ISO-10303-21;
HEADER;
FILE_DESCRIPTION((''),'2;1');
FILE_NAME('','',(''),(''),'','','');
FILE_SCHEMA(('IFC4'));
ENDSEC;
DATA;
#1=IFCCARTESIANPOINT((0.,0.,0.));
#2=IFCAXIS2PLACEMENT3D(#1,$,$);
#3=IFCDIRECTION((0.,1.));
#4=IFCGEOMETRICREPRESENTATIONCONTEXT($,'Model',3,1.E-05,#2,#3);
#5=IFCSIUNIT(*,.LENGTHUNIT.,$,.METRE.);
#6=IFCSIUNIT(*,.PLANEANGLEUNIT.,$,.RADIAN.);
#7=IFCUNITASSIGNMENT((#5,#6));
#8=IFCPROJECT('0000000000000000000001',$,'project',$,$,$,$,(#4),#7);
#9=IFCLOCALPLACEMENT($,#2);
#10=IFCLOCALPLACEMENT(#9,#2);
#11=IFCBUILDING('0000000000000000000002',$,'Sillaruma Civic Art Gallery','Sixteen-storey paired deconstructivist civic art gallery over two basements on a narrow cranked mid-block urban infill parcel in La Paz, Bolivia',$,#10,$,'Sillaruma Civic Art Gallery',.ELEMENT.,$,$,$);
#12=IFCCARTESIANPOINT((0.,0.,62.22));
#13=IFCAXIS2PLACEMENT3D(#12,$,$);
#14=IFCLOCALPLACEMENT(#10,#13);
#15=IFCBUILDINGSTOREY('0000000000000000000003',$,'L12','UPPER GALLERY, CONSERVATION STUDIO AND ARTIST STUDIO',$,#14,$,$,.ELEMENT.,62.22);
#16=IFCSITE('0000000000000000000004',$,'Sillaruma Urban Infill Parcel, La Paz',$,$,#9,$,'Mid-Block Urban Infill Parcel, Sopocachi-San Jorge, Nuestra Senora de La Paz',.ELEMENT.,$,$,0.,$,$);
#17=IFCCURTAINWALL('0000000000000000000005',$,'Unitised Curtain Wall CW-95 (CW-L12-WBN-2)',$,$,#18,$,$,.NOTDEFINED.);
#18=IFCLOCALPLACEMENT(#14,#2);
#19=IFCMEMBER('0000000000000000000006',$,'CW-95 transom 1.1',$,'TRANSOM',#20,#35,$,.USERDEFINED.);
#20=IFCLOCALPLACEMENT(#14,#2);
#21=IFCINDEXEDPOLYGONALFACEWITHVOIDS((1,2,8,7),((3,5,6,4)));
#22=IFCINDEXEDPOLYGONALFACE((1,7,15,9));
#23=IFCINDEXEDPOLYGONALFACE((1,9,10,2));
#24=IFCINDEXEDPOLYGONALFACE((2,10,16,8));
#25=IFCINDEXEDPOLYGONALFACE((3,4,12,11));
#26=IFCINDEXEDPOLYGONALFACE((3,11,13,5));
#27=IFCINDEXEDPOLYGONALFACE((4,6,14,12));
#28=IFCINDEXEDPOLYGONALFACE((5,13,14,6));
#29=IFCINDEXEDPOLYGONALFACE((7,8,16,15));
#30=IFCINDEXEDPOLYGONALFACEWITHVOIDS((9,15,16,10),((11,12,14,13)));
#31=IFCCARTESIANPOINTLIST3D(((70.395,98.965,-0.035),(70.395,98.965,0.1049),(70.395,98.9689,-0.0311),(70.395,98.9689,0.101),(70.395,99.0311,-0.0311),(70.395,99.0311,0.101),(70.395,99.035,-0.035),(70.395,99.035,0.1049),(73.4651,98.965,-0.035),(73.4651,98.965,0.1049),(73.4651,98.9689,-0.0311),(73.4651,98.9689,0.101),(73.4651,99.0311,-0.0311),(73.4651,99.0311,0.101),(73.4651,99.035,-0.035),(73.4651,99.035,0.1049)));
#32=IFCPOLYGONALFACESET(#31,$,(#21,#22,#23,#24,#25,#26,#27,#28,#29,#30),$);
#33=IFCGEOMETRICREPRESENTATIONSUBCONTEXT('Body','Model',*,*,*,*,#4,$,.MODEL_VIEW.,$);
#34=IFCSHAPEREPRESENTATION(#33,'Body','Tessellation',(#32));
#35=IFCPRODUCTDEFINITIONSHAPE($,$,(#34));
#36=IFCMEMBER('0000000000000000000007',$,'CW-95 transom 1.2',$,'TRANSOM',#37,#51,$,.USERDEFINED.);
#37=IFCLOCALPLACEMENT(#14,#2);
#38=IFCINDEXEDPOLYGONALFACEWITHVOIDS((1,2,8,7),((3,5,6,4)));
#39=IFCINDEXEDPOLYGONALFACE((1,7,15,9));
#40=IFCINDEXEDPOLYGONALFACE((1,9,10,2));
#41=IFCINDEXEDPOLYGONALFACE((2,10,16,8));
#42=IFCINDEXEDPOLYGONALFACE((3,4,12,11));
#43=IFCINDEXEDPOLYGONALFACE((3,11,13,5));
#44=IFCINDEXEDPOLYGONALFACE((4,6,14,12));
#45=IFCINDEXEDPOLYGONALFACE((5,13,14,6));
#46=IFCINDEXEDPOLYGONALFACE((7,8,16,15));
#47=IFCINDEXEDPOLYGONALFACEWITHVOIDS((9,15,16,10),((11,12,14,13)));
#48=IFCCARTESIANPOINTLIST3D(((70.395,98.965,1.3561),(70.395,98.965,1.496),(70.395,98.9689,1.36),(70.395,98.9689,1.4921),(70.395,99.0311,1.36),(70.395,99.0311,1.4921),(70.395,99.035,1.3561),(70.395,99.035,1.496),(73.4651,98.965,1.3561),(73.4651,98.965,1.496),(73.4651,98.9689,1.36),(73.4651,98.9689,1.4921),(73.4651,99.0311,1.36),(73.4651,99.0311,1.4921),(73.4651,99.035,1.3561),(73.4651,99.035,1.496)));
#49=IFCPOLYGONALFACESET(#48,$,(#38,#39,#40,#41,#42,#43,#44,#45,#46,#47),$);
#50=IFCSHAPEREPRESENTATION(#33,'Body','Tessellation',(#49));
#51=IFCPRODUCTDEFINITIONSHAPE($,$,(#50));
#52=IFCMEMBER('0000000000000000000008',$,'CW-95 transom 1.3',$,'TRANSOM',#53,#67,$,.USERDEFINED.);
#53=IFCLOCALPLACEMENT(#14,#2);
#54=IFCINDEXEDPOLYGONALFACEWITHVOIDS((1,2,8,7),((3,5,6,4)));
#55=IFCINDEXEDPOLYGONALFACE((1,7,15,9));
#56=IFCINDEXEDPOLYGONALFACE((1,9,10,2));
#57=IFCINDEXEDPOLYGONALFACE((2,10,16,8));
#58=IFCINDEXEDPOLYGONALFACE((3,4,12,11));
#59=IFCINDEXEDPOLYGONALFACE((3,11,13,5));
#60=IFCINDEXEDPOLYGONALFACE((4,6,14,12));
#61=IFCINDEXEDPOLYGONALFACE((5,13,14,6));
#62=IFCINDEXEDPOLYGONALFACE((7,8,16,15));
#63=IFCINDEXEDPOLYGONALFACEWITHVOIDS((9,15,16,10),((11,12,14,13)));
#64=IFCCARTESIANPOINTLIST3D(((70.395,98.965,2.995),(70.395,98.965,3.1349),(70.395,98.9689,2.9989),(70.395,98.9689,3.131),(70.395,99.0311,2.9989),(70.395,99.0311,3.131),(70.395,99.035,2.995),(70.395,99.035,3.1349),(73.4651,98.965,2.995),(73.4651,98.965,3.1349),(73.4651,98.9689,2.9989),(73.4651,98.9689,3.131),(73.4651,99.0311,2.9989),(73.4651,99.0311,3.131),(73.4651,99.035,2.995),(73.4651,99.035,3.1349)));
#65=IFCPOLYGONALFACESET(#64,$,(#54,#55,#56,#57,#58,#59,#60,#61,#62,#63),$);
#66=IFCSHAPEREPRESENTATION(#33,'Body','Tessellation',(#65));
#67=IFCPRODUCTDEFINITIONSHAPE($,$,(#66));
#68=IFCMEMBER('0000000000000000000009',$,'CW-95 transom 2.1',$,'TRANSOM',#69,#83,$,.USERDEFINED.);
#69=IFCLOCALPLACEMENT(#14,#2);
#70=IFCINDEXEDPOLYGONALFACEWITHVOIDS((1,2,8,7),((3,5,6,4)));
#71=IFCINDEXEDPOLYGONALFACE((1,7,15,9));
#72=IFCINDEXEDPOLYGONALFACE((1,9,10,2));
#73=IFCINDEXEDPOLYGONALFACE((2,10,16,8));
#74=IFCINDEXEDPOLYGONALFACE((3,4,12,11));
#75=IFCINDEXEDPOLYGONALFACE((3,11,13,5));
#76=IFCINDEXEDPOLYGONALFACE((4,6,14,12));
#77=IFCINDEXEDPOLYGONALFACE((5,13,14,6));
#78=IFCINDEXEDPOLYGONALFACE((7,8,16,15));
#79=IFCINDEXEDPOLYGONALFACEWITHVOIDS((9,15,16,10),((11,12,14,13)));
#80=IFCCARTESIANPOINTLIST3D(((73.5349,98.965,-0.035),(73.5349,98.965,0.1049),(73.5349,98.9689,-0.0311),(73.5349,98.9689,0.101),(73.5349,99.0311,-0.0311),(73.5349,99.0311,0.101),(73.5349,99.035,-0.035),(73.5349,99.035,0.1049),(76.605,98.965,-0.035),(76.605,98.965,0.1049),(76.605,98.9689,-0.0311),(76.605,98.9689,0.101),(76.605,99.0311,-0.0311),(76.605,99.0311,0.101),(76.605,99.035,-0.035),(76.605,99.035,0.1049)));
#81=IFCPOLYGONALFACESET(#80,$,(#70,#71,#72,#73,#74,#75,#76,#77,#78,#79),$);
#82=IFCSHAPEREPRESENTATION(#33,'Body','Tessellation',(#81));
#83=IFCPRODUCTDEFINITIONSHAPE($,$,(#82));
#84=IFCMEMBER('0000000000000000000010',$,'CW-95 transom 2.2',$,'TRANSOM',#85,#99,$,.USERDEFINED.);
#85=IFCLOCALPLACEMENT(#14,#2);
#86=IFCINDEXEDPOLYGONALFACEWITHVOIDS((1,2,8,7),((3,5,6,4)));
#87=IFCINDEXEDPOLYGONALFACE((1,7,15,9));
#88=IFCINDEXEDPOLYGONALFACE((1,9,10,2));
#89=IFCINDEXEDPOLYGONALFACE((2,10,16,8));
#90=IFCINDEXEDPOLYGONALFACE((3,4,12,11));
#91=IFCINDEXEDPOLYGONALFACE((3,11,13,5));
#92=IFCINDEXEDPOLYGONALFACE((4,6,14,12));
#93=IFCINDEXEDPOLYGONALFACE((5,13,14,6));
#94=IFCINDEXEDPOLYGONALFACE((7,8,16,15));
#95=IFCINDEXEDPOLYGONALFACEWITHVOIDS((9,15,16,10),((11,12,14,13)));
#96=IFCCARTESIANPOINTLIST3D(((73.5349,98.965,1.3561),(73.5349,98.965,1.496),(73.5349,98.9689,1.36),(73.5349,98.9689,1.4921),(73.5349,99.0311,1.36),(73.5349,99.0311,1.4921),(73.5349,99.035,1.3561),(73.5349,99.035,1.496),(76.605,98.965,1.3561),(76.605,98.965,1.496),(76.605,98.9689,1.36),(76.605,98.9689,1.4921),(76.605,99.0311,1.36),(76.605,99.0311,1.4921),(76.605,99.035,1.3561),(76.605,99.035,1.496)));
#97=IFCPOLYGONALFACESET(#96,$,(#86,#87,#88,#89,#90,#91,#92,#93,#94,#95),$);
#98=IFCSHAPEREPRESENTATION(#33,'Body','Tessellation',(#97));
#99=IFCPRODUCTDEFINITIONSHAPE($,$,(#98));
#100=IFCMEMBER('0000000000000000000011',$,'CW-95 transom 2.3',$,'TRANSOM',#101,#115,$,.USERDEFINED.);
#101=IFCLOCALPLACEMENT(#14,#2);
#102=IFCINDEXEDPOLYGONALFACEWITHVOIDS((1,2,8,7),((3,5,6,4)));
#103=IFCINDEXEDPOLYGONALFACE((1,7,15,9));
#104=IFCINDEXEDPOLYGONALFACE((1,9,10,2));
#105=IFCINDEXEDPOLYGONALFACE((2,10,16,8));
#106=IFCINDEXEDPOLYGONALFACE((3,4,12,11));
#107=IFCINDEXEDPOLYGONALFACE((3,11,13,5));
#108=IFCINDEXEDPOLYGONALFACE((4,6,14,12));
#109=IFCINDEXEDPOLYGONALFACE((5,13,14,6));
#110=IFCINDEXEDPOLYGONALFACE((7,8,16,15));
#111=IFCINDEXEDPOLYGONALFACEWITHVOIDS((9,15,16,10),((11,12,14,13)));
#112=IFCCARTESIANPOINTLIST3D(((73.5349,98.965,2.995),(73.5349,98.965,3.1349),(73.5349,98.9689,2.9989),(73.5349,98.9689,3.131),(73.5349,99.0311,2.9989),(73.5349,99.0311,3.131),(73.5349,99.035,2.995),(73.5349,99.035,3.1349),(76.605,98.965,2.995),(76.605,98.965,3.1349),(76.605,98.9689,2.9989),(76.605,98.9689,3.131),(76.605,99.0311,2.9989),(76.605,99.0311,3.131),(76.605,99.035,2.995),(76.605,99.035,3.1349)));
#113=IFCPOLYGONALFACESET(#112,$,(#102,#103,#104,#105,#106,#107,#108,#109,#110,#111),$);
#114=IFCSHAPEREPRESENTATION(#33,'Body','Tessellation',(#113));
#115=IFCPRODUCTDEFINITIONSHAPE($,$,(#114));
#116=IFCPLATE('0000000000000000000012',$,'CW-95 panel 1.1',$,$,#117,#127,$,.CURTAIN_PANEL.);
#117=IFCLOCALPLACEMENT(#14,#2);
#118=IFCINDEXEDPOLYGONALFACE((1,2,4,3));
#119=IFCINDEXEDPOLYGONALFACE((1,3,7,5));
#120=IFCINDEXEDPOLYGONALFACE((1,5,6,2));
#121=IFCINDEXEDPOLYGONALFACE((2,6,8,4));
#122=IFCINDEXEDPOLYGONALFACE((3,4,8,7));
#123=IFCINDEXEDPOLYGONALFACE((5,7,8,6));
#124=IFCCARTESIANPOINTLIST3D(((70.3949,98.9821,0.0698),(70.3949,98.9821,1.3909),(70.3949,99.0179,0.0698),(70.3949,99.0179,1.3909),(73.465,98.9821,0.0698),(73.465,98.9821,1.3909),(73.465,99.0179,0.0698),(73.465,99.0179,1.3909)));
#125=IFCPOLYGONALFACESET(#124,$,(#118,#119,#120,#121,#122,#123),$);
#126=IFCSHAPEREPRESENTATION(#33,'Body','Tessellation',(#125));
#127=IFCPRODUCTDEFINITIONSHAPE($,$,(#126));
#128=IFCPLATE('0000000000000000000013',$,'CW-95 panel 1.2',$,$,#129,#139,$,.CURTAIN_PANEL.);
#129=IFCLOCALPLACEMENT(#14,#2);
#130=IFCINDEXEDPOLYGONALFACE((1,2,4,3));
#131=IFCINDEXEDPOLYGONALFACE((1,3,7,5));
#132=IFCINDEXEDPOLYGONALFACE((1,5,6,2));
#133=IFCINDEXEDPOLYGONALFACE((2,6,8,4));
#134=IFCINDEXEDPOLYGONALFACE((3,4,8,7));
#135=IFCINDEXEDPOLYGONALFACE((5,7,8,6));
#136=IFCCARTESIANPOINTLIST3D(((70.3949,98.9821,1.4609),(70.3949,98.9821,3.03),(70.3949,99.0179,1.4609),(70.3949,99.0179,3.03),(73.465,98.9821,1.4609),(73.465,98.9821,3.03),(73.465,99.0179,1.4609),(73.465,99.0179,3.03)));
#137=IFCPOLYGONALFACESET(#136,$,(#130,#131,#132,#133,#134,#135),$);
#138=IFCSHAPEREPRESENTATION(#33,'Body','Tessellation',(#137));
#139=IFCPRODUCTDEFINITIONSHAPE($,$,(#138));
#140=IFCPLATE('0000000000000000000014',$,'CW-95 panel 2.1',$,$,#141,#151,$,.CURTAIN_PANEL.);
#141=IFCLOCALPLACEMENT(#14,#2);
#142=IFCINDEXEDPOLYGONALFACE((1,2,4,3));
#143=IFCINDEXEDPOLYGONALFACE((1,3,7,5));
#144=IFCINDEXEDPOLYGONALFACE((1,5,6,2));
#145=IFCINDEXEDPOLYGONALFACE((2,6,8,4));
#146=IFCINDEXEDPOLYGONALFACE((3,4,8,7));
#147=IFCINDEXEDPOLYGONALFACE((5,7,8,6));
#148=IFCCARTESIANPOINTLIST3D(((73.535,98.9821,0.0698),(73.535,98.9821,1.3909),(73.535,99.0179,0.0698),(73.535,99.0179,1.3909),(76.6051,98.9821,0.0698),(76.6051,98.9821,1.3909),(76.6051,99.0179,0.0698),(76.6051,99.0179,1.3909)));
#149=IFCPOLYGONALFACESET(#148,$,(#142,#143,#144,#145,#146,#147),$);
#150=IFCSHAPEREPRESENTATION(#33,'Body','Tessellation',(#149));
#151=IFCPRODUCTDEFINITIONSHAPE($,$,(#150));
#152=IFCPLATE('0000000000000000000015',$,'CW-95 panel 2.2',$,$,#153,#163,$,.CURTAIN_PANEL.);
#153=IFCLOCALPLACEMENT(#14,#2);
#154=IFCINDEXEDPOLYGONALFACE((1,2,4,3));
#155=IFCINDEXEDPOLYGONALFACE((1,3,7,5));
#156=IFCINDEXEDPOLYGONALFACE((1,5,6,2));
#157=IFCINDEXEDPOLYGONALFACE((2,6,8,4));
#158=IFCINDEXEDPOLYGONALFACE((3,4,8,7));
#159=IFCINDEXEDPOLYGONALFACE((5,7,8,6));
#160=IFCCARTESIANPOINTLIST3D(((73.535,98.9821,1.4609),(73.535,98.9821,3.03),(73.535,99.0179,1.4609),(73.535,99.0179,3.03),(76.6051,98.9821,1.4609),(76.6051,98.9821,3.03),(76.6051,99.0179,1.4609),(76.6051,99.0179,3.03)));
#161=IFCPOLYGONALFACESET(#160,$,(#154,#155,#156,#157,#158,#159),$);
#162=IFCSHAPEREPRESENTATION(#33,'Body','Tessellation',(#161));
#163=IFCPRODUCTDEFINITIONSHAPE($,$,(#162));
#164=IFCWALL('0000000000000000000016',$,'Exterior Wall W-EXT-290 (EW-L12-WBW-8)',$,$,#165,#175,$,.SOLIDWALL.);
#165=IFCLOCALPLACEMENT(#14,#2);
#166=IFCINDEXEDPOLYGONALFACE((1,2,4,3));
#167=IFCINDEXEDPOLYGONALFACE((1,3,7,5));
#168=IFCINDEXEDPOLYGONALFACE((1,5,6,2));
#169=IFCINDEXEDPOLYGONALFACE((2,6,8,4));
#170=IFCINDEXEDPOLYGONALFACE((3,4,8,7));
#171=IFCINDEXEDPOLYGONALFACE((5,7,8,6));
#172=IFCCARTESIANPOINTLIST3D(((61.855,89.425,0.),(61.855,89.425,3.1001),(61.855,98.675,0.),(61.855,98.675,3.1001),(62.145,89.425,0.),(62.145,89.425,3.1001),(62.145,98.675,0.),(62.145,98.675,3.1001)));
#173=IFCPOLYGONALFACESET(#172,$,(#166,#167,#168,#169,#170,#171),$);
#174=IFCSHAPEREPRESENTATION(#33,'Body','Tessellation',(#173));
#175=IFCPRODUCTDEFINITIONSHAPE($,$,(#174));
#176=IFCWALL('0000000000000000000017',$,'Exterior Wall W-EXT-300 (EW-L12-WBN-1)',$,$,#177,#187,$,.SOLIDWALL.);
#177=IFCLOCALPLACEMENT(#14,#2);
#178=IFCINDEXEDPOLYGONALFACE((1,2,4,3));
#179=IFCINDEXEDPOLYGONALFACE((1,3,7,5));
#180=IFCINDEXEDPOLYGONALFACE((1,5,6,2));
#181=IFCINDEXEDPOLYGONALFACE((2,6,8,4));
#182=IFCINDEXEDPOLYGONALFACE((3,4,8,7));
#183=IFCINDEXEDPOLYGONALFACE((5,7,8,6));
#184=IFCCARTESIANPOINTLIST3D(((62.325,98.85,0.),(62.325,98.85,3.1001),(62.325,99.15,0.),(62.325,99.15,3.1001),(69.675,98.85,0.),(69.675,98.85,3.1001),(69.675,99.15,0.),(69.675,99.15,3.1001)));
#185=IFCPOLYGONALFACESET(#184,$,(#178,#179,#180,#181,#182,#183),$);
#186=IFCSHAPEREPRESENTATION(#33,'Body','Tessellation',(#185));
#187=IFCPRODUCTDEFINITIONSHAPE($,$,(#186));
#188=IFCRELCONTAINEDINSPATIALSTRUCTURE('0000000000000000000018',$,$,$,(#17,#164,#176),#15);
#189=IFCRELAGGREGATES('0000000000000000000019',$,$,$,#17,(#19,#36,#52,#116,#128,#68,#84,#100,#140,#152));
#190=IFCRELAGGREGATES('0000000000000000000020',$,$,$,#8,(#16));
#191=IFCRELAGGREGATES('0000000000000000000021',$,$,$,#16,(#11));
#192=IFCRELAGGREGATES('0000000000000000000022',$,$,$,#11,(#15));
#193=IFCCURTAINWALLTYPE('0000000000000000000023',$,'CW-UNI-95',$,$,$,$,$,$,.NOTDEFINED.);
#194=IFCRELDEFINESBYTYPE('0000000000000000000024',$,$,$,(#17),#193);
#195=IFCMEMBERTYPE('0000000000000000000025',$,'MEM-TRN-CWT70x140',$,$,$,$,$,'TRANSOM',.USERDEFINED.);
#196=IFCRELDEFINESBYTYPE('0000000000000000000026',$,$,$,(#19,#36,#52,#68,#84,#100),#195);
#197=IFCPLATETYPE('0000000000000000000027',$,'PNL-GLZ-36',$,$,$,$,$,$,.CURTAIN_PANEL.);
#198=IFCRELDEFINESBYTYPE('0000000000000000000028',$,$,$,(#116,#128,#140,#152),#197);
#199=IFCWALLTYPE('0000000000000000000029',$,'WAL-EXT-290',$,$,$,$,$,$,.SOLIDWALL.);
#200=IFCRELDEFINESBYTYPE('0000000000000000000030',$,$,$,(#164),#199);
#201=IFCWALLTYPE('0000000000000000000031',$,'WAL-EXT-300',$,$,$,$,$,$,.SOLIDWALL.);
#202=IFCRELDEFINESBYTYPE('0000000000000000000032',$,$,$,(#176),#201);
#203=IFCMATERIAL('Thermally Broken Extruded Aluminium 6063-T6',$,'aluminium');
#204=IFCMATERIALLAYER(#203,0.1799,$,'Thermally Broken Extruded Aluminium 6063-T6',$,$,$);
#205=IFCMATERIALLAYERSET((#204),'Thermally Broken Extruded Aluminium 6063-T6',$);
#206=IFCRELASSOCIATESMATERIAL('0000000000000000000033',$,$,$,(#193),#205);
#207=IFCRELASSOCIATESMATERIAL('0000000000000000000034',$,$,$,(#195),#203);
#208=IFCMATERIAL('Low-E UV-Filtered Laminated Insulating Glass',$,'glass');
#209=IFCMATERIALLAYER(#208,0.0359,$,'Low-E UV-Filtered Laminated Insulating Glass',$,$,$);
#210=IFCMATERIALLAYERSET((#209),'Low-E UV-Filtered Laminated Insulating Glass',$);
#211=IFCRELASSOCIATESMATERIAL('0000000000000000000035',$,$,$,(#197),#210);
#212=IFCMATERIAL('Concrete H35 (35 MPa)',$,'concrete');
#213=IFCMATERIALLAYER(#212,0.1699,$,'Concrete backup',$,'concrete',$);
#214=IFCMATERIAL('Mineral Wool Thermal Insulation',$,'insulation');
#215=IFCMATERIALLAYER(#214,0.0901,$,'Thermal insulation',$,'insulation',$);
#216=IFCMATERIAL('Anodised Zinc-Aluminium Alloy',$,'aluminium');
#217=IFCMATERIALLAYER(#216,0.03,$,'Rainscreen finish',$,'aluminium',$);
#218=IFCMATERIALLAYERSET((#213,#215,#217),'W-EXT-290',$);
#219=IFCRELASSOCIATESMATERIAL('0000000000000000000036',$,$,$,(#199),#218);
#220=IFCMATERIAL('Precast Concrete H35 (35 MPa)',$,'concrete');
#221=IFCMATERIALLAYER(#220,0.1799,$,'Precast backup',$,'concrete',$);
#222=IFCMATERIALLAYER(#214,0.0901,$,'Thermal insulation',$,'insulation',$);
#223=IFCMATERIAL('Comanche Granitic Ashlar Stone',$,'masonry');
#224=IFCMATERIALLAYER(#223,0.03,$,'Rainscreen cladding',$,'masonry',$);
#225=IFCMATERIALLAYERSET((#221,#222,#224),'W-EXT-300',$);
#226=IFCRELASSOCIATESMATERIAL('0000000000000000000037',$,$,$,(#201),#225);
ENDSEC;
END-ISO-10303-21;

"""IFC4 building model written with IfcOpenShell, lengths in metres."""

from ifc_helpers import new_model, si_unit, direction, frame, frame_2d, origin, origin_2d, place, context, subcontext, project, spatial, rectangle, hollow_rectangle, extrude, material, layer, layer_set, material_profile, profile_set, type_object, element, aggregate, save


model = new_model("IFC4")

# Units and contexts
model_context = context("Model", 3, precision=1e-05, world=origin(), true_north=direction((0.0, 1.0)))
body_context = subcontext(model_context, "Body", "Model", "MODEL_VIEW")
ifc_project = project(units=[si_unit("LENGTHUNIT", "METRE"), si_unit("PLANEANGLEUNIT", "RADIAN")], contexts=[model_context])

# Site, building, storey
site_placement = place(None, origin())
site = spatial("IfcSite", under=ifc_project, at=site_placement, Name="Sillaruma Urban Infill Parcel, La Paz", LongName="Mid-Block Urban Infill Parcel, Sopocachi-San Jorge, Nuestra Senora de La Paz", CompositionType="ELEMENT", RefElevation=0.0)
building_placement = place(site_placement, origin())
building = spatial("IfcBuilding", under=site, at=building_placement, Name="Sillaruma Civic Art Gallery", Description="Sixteen-storey paired deconstructivist civic art gallery over two basements on a narrow cranked mid-block urban infill parcel in La Paz, Bolivia", LongName="Sillaruma Civic Art Gallery", CompositionType="ELEMENT")
storey_placement = place(building_placement, frame((0.0, 0.0, 62.22)))
storey = spatial("IfcBuildingStorey", under=building, at=storey_placement, Name="L12", Description="UPPER GALLERY, CONSERVATION STUDIO AND ARTIST STUDIO", CompositionType="ELEMENT", Elevation=62.22)

# Shared definitions
ifc_material_1 = material(Name="Concrete H35 (35 MPa)", Category="concrete")

# Curtain wall, members, plates
ifc_material_2 = material(Name="Thermally Broken Extruded Aluminium 6063-T6", Category="aluminium")
ifc_layer_1 = layer(ifc_material_2, 0.1799, Name="Thermally Broken Extruded Aluminium 6063-T6")
ifc_layer_set_1 = layer_set([ifc_layer_1], Name="Thermally Broken Extruded Aluminium 6063-T6")
curtain_wall_type = type_object("IfcCurtainWallType", Name="CW-UNI-95", PredefinedType="NOTDEFINED", material=ifc_layer_set_1)
curtain_wall_placement = place(storey_placement, origin())
curtain_wall = element("IfcCurtainWall", 1, at=curtain_wall_placement, inside=storey, type_object=curtain_wall_type, Name="Unitised Curtain Wall CW-95 (CW-L12-WBN-2)", PredefinedType="NOTDEFINED")
ifc_material_profile_1 = material_profile(ifc_material_2, hollow_rectangle(XDim=0.0701, YDim=0.1399, WallThickness=0.0039, at=origin_2d()), Name="CWT70x140")
ifc_profile_set_1 = profile_set([ifc_material_profile_1], Name="Thermally Broken Extruded Aluminium 6063-T6")
member_type_1 = type_object("IfcMemberType", Name="MEM-TRN-CWT70x140", ElementType="TRANSOM", PredefinedType="USERDEFINED", material=ifc_profile_set_1)
member_1_placement = place(storey_placement, frame((70.395, 99.0, 0.0349), z_axis=(1.0, 0.0, 0.0), x_axis=(0.0, 1.0, 0.0)))
member_1 = element("IfcMember", 2, at=member_1_placement, type_object=member_type_1, Name="CW-95 transom 1.1", ObjectType="TRANSOM", PredefinedType="USERDEFINED", context=body_context, shape_type="SweptSolid", body=[
    extrude(hollow_rectangle(XDim=0.0701, YDim=0.1399, WallThickness=0.0039, at=origin_2d()), origin(), (0.0, 0.0, 1.0), 3.0701),
])
member_2_placement = place(storey_placement, frame((70.395, 99.0, 1.426), z_axis=(1.0, 0.0, 0.0), x_axis=(0.0, 1.0, 0.0)))
member_2 = element("IfcMember", 3, at=member_2_placement, type_object=member_type_1, Name="CW-95 transom 1.2", ObjectType="TRANSOM", PredefinedType="USERDEFINED", context=body_context, shape_type="SweptSolid", body=[
    extrude(hollow_rectangle(XDim=0.0701, YDim=0.1399, WallThickness=0.0039, at=origin_2d()), origin(), (0.0, 0.0, 1.0), 3.0701),
])
member_3_placement = place(storey_placement, frame((70.395, 99.0, 3.0649), z_axis=(1.0, 0.0, 0.0), x_axis=(0.0, 1.0, 0.0)))
member_3 = element("IfcMember", 4, at=member_3_placement, type_object=member_type_1, Name="CW-95 transom 1.3", ObjectType="TRANSOM", PredefinedType="USERDEFINED", context=body_context, shape_type="SweptSolid", body=[
    extrude(hollow_rectangle(XDim=0.0701, YDim=0.1399, WallThickness=0.0039, at=origin_2d()), origin(), (0.0, 0.0, 1.0), 3.0701),
])
member_4_placement = place(storey_placement, frame((73.5349, 99.0, 0.0349), z_axis=(1.0, 0.0, 0.0), x_axis=(0.0, 1.0, 0.0)))
member_4 = element("IfcMember", 5, at=member_4_placement, type_object=member_type_1, Name="CW-95 transom 2.1", ObjectType="TRANSOM", PredefinedType="USERDEFINED", context=body_context, shape_type="SweptSolid", body=[
    extrude(hollow_rectangle(XDim=0.0701, YDim=0.1399, WallThickness=0.0039, at=origin_2d()), origin(), (0.0, 0.0, 1.0), 3.0701),
])
member_5_placement = place(storey_placement, frame((73.5349, 99.0, 1.426), z_axis=(1.0, 0.0, 0.0), x_axis=(0.0, 1.0, 0.0)))
member_5 = element("IfcMember", 6, at=member_5_placement, type_object=member_type_1, Name="CW-95 transom 2.2", ObjectType="TRANSOM", PredefinedType="USERDEFINED", context=body_context, shape_type="SweptSolid", body=[
    extrude(hollow_rectangle(XDim=0.0701, YDim=0.1399, WallThickness=0.0039, at=origin_2d()), origin(), (0.0, 0.0, 1.0), 3.0701),
])
member_6_placement = place(storey_placement, frame((73.5349, 99.0, 3.0649), z_axis=(1.0, 0.0, 0.0), x_axis=(0.0, 1.0, 0.0)))
member_6 = element("IfcMember", 7, at=member_6_placement, type_object=member_type_1, Name="CW-95 transom 2.3", ObjectType="TRANSOM", PredefinedType="USERDEFINED", context=body_context, shape_type="SweptSolid", body=[
    extrude(hollow_rectangle(XDim=0.0701, YDim=0.1399, WallThickness=0.0039, at=origin_2d()), origin(), (0.0, 0.0, 1.0), 3.0701),
])
ifc_material_3 = material(Name="Low-E UV-Filtered Laminated Insulating Glass", Category="glass")
ifc_layer_2 = layer(ifc_material_3, 0.0359, Name="Low-E UV-Filtered Laminated Insulating Glass")
ifc_layer_set_2 = layer_set([ifc_layer_2], Name="Low-E UV-Filtered Laminated Insulating Glass")
plate_type = type_object("IfcPlateType", Name="PNL-GLZ-36", PredefinedType="CURTAIN_PANEL", material=ifc_layer_set_2)
plate_1_placement = place(storey_placement, frame((71.9299, 99.0, 0.0698), z_axis=(0.0, 0.0, 1.0), x_axis=(1.0, 0.0, 0.0)))
plate_1 = element("IfcPlate", 8, at=plate_1_placement, type_object=plate_type, Name="CW-95 panel 1.1", PredefinedType="CURTAIN_PANEL", context=body_context, shape_type="SweptSolid", body=[
    extrude(rectangle(XDim=3.0701, YDim=0.0359, at=origin_2d()), origin(), (0.0, 0.0, 1.0), 1.321),
])
plate_2_placement = place(storey_placement, frame((71.9299, 99.0, 1.4609), z_axis=(0.0, 0.0, 1.0), x_axis=(1.0, 0.0, 0.0)))
plate_2 = element("IfcPlate", 9, at=plate_2_placement, type_object=plate_type, Name="CW-95 panel 1.2", PredefinedType="CURTAIN_PANEL", context=body_context, shape_type="SweptSolid", body=[
    extrude(rectangle(XDim=3.0701, YDim=0.0359, at=origin_2d()), origin(), (0.0, 0.0, 1.0), 1.5691),
])
plate_3_placement = place(storey_placement, frame((75.0701, 99.0, 0.0698), z_axis=(0.0, 0.0, 1.0), x_axis=(1.0, 0.0, 0.0)))
plate_3 = element("IfcPlate", 10, at=plate_3_placement, type_object=plate_type, Name="CW-95 panel 2.1", PredefinedType="CURTAIN_PANEL", context=body_context, shape_type="SweptSolid", body=[
    extrude(rectangle(XDim=3.0701, YDim=0.0359, at=origin_2d()), origin(), (0.0, 0.0, 1.0), 1.321),
])
plate_4_placement = place(storey_placement, frame((75.0701, 99.0, 1.4609), z_axis=(0.0, 0.0, 1.0), x_axis=(1.0, 0.0, 0.0)))
plate_4 = element("IfcPlate", 11, at=plate_4_placement, type_object=plate_type, Name="CW-95 panel 2.2", PredefinedType="CURTAIN_PANEL", context=body_context, shape_type="SweptSolid", body=[
    extrude(rectangle(XDim=3.0701, YDim=0.0359, at=origin_2d()), origin(), (0.0, 0.0, 1.0), 1.5691),
])
aggregate(curtain_wall, [member_1, member_2, member_3, plate_1, plate_2, member_4, member_5, member_6, plate_3, plate_4])

# Walls
ifc_layer_3 = layer(ifc_material_1, 0.1699, Name="Concrete backup", Category="concrete")
ifc_material_4 = material(Name="Mineral Wool Thermal Insulation", Category="insulation")
ifc_layer_4 = layer(ifc_material_4, 0.0901, Name="Thermal insulation", Category="insulation")
ifc_material_5 = material(Name="Anodised Zinc-Aluminium Alloy", Category="aluminium")
ifc_layer_5 = layer(ifc_material_5, 0.03, Name="Rainscreen finish", Category="aluminium")
ifc_layer_set_3 = layer_set([ifc_layer_3, ifc_layer_4, ifc_layer_5], Name="W-EXT-290")
wall_type_1 = type_object("IfcWallType", Name="WAL-EXT-290", PredefinedType="SOLIDWALL", material=ifc_layer_set_3)
wall_1_placement = place(storey_placement, frame((62.0, 89.425, 0.0), z_axis=(0.0, 0.0, 1.0), x_axis=(0.0, 1.0, 0.0)))
element("IfcWall", 12, at=wall_1_placement, inside=storey, type_object=wall_type_1, Name="Exterior Wall W-EXT-290 (EW-L12-WBW-8)", PredefinedType="SOLIDWALL", context=body_context, shape_type="SweptSolid", body=[
    extrude(rectangle(XDim=9.25, YDim=0.29, at=frame_2d((4.625, 0.0))), origin(), (0.0, 0.0, 1.0), 3.1001),
])
ifc_material_6 = material(Name="Precast Concrete H35 (35 MPa)", Category="concrete")
ifc_layer_6 = layer(ifc_material_6, 0.1799, Name="Precast backup", Category="concrete")
ifc_layer_7 = layer(ifc_material_4, 0.0901, Name="Thermal insulation", Category="insulation")
ifc_material_7 = material(Name="Comanche Granitic Ashlar Stone", Category="masonry")
ifc_layer_8 = layer(ifc_material_7, 0.03, Name="Rainscreen cladding", Category="masonry")
ifc_layer_set_4 = layer_set([ifc_layer_6, ifc_layer_7, ifc_layer_8], Name="W-EXT-300")
wall_type_2 = type_object("IfcWallType", Name="WAL-EXT-300", PredefinedType="SOLIDWALL", material=ifc_layer_set_4)
wall_2_placement = place(storey_placement, frame((62.325, 99.0, 0.0), z_axis=(0.0, 0.0, 1.0), x_axis=(1.0, 0.0, 0.0)))
element("IfcWall", 13, at=wall_2_placement, inside=storey, type_object=wall_type_2, Name="Exterior Wall W-EXT-300 (EW-L12-WBN-1)", PredefinedType="SOLIDWALL", context=body_context, shape_type="SweptSolid", body=[
    extrude(rectangle(XDim=7.3501, YDim=0.3, at=frame_2d((3.675, 0.0))), origin(), (0.0, 0.0, 1.0), 3.1001),
])

save(model, "model.ifc")
